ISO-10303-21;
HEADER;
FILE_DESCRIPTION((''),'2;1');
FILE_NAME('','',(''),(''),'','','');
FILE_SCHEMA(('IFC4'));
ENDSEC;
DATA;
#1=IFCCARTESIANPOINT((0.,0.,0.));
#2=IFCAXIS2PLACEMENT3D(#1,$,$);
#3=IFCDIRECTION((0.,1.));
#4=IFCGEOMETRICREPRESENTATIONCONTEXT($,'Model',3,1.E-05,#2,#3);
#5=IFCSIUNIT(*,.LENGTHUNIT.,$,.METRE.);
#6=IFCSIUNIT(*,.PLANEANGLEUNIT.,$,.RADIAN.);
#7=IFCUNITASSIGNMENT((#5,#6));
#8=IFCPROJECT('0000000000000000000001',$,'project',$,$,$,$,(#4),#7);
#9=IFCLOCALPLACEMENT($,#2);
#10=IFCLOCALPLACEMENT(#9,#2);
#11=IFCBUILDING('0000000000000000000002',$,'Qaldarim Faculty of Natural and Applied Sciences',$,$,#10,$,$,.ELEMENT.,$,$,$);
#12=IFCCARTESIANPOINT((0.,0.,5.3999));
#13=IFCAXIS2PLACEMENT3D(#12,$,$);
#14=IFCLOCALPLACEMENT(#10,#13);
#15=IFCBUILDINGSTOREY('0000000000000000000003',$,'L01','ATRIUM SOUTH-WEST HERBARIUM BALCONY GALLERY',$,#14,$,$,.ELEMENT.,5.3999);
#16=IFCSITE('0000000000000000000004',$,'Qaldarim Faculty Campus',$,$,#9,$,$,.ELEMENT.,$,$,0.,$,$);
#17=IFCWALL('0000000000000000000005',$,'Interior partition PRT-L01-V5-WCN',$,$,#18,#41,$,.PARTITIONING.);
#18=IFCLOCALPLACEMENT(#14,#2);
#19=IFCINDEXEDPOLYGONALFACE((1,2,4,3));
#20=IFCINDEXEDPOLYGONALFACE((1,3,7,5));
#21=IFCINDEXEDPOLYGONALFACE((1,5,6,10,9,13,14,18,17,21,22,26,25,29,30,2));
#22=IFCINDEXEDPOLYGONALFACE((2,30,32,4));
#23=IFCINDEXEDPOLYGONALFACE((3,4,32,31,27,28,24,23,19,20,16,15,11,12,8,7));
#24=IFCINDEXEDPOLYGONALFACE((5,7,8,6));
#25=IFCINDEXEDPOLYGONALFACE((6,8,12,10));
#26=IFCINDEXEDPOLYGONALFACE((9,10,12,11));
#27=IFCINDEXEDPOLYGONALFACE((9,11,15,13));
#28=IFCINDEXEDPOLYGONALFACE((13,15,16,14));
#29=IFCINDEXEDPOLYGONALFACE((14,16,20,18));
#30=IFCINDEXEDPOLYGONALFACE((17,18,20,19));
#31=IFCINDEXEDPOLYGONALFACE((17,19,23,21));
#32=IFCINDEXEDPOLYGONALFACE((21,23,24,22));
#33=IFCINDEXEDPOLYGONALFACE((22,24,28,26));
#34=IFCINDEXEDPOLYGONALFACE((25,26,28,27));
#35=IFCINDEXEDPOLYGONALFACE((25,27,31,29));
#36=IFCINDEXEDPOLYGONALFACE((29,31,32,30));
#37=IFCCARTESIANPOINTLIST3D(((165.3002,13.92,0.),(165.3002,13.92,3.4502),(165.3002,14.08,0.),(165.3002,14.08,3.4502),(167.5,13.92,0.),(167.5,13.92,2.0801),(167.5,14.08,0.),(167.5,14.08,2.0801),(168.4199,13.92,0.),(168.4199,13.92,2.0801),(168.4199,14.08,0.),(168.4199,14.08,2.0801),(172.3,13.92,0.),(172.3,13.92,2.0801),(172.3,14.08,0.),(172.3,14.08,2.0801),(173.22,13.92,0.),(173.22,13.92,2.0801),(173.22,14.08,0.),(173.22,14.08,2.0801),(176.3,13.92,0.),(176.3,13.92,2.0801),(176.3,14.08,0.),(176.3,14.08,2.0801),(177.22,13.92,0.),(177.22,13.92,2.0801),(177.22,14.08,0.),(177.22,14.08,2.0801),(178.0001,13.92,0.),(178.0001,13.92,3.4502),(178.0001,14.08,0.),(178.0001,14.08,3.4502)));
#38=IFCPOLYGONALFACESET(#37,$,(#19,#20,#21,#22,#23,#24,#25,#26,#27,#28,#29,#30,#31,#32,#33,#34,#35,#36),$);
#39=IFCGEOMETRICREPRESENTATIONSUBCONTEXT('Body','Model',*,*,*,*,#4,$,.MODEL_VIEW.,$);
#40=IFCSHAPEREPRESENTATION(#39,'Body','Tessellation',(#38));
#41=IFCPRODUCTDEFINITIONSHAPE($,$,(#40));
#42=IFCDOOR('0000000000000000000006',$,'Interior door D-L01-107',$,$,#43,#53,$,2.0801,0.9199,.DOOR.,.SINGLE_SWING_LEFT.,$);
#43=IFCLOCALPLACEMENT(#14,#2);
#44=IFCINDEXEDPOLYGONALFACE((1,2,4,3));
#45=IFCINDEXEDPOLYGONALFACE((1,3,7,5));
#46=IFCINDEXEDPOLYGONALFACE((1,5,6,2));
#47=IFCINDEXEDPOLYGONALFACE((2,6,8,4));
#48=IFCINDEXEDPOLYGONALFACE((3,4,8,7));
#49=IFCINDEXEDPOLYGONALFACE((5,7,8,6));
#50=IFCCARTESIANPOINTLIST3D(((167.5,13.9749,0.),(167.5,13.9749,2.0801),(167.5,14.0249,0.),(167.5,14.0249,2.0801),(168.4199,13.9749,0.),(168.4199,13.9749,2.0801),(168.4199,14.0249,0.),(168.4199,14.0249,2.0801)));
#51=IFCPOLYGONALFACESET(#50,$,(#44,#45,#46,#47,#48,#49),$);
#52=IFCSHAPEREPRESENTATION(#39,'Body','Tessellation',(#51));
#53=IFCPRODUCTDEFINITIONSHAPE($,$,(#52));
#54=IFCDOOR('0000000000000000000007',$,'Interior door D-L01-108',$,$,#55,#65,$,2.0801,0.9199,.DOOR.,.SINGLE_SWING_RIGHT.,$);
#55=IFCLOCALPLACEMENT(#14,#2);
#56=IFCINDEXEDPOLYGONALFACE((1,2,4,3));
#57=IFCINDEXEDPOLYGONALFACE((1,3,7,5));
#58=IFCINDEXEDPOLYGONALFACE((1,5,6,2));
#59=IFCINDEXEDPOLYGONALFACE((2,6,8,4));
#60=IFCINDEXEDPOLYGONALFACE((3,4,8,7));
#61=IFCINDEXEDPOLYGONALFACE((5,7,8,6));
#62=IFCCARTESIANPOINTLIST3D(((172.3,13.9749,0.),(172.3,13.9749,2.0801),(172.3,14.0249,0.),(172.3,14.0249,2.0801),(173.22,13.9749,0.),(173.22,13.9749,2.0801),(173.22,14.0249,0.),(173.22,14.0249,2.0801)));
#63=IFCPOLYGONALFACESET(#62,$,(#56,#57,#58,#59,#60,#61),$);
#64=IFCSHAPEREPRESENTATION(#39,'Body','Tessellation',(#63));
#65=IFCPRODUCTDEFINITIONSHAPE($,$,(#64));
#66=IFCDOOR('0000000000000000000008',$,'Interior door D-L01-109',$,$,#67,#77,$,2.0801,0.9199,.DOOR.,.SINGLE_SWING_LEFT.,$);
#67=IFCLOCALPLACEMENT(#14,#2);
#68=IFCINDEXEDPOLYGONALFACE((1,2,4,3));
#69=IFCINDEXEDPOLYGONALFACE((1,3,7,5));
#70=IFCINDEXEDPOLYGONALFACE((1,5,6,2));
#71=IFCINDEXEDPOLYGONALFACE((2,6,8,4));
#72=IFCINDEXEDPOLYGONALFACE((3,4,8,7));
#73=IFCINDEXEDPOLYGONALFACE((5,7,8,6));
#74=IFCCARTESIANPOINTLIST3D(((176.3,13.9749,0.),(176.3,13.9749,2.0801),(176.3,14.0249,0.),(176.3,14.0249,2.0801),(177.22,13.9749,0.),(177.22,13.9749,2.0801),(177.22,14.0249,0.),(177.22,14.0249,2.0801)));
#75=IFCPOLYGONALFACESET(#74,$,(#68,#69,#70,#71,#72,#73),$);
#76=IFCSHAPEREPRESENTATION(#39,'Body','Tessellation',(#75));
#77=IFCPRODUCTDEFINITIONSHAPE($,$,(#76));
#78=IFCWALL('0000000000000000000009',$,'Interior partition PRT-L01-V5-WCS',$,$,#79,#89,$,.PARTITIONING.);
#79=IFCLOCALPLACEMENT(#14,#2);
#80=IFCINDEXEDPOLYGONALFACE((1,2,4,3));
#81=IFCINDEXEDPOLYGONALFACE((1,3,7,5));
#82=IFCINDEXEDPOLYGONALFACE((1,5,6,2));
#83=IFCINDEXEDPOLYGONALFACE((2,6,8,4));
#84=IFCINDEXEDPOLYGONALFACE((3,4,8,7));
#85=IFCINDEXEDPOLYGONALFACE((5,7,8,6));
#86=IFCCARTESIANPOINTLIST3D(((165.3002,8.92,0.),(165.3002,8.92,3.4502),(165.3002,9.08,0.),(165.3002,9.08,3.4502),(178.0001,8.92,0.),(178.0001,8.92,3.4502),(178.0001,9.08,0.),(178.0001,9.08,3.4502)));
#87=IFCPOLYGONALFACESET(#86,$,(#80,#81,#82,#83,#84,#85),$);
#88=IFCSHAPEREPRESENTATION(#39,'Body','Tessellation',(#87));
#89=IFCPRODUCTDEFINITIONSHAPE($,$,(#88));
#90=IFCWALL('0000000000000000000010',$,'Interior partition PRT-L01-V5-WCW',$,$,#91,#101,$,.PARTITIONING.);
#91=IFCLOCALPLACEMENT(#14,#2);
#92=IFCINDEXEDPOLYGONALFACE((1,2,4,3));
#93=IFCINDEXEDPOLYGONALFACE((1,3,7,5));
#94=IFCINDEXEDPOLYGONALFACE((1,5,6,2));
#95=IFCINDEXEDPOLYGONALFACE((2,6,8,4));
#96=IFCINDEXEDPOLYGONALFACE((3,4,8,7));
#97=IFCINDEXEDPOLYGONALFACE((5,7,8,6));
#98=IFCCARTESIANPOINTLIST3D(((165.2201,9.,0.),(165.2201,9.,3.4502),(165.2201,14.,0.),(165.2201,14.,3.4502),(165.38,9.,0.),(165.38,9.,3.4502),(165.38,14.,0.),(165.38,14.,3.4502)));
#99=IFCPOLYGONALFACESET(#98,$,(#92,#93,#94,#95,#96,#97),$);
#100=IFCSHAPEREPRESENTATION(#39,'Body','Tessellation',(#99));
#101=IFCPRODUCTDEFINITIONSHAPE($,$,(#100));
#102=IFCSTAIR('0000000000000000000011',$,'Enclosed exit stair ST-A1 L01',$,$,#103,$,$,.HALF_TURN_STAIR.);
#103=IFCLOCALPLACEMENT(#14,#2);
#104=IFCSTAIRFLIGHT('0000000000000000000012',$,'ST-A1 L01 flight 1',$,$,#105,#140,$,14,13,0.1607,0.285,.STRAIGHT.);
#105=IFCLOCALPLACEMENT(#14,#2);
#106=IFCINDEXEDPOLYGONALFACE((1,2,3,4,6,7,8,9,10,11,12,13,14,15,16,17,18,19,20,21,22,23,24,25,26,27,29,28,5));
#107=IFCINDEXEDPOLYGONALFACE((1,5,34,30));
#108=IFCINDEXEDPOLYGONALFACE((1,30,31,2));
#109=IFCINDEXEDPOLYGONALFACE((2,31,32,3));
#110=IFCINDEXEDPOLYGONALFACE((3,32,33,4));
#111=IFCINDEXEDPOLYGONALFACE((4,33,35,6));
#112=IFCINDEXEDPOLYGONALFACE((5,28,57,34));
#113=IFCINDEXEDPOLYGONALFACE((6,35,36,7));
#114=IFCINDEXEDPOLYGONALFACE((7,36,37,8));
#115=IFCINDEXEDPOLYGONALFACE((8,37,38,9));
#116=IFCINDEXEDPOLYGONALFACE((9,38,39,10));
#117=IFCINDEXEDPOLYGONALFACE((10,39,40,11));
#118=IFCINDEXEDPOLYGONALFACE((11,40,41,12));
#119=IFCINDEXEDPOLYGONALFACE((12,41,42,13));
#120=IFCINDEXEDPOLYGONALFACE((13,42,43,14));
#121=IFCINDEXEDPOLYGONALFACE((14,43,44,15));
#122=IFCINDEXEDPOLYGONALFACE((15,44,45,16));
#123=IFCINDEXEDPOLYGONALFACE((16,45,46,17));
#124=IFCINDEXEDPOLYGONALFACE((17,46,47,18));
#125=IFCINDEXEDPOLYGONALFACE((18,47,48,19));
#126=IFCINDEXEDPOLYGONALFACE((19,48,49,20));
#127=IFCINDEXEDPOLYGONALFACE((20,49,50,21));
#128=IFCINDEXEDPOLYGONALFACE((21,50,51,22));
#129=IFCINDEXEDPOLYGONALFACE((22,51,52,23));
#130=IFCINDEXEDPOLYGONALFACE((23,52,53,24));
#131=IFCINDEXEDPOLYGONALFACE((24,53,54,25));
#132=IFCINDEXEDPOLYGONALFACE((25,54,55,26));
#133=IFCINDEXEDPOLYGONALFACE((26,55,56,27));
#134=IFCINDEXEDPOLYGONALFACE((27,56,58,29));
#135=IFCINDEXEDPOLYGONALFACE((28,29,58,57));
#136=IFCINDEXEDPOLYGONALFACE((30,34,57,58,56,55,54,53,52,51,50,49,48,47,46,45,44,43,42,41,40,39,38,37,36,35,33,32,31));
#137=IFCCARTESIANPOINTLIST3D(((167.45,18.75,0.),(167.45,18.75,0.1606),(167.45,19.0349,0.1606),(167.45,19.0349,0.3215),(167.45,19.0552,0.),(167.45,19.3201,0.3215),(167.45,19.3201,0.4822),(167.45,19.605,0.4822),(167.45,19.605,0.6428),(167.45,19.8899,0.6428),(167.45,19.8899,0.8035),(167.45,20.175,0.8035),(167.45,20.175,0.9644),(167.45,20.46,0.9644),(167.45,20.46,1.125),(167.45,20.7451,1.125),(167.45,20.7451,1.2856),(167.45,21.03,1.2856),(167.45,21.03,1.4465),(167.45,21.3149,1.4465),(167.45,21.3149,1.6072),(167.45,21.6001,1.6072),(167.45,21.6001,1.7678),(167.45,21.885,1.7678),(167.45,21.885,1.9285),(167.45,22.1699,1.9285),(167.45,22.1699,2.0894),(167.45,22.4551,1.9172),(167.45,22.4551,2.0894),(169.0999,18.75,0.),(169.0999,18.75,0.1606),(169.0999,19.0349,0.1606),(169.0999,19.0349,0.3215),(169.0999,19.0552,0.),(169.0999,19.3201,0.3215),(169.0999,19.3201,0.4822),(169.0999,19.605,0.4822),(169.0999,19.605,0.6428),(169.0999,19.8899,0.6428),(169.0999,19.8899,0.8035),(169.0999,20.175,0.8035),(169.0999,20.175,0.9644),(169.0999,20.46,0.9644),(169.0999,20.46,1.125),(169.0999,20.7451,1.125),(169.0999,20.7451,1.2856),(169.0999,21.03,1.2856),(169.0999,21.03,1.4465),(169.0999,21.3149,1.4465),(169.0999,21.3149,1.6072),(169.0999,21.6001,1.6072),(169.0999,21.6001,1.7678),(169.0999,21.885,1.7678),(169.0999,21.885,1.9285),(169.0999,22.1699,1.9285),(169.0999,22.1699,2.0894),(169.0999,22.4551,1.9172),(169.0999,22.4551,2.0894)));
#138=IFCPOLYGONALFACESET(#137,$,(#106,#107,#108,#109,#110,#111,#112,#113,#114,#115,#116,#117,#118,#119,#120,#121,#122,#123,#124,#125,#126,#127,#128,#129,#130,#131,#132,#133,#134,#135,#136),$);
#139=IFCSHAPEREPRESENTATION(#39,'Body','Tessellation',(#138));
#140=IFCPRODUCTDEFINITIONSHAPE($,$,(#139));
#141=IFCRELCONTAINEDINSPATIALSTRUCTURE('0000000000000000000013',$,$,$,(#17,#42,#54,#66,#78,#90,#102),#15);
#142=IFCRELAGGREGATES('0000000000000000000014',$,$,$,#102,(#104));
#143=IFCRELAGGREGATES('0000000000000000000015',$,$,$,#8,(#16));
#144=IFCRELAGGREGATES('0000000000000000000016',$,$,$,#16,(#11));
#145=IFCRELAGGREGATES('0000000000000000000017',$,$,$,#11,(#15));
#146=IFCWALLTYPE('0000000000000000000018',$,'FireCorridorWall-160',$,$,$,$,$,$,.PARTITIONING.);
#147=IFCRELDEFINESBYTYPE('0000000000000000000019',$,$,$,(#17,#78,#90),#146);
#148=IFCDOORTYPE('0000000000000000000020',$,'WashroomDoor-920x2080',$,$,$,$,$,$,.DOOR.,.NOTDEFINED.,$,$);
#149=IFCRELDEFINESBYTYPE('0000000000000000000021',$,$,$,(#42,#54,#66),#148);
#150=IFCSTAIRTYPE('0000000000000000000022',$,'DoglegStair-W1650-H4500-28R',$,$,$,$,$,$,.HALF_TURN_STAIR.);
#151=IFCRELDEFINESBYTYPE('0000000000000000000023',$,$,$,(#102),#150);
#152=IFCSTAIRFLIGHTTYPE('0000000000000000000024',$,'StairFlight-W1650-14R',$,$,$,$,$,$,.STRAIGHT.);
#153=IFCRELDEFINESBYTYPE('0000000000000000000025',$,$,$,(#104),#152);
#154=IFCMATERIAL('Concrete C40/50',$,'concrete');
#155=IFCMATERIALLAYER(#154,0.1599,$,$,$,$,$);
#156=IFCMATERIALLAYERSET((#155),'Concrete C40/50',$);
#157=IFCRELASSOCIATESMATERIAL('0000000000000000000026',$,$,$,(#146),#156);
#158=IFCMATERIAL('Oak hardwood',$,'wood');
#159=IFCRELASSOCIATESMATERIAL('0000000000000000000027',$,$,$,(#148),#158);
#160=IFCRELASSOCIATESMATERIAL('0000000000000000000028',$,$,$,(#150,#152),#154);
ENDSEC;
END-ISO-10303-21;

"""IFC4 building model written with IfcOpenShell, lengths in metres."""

from ifc_helpers import new_model, si_unit, direction, frame, frame_2d, origin, place, context, subcontext, project, spatial, polyline, rectangle, outline, extrude, material, layer, layer_set, type_object, element, fill, aggregate, save


model = new_model("IFC4")

# Units and contexts
model_context = context("Model", 3, precision=1e-05, world=origin(), true_north=direction((0.0, 1.0)))
body_context = subcontext(model_context, "Body", "Model", "MODEL_VIEW")
ifc_project = project(units=[si_unit("LENGTHUNIT", "METRE"), si_unit("PLANEANGLEUNIT", "RADIAN")], contexts=[model_context])

# Site, building, storey
site_placement = place(None, origin())
site = spatial("IfcSite", under=ifc_project, at=site_placement, Name="Qaldarim Faculty Campus", CompositionType="ELEMENT", RefElevation=0.0)
building_placement = place(site_placement, origin())
building = spatial("IfcBuilding", under=site, at=building_placement, Name="Qaldarim Faculty of Natural and Applied Sciences", CompositionType="ELEMENT")
storey_placement = place(building_placement, frame((0.0, 0.0, 5.3999)))
storey = spatial("IfcBuildingStorey", under=building, at=storey_placement, Name="L01", Description="ATRIUM SOUTH-WEST HERBARIUM BALCONY GALLERY", CompositionType="ELEMENT", Elevation=5.3999)

# Shared definitions
ifc_material_1 = material(Name="Concrete C40/50", Category="concrete")

# Wall, openings, doors
ifc_layer_1 = layer(ifc_material_1, 0.1599)
ifc_layer_set_1 = layer_set([ifc_layer_1], Name="Concrete C40/50")
wall_type_1 = type_object("IfcWallType", Name="FireCorridorWall-160", PredefinedType="PARTITIONING", material=ifc_layer_set_1)
wall_1_placement = place(storey_placement, frame((165.3, 14.0, 0.0), z_axis=(0.0, 0.0, 1.0), x_axis=(1.0, 0.0, 0.0)))
wall_1 = element("IfcWall", 1, at=wall_1_placement, inside=storey, type_object=wall_type_1, Name="Interior partition PRT-L01-V5-WCN", PredefinedType="PARTITIONING", context=body_context, shape_type="SweptSolid", body=[
    extrude(rectangle(XDim=12.7, YDim=0.1599, at=frame_2d((6.3501, 0.0))), origin(), (0.0, 0.0, 1.0), 3.4502),
])
opening_1_placement = place(wall_1_placement, frame((2.2, 0.0, 0.0)))
opening_1 = element("IfcOpeningElement", 2, at=opening_1_placement, cuts=wall_1, PredefinedType="OPENING", context=body_context, shape_type="SweptSolid", body=[
    extrude(rectangle(XDim=0.9199, YDim=2.0801, at=frame_2d((0.46, 1.04))), frame((0.0, 0.0898, 0.0), z_axis=(0.0, -1.0, 0.0), x_axis=(1.0, 0.0, 0.0)), (0.0, 0.0, 1.0), 0.1799),
])
opening_2_placement = place(wall_1_placement, frame((7.0, 0.0, 0.0)))
opening_2 = element("IfcOpeningElement", 3, at=opening_2_placement, cuts=wall_1, PredefinedType="OPENING", context=body_context, shape_type="SweptSolid", body=[
    extrude(rectangle(XDim=0.9199, YDim=2.0801, at=frame_2d((0.46, 1.04))), frame((0.0, 0.0898, 0.0), z_axis=(0.0, -1.0, 0.0), x_axis=(1.0, 0.0, 0.0)), (0.0, 0.0, 1.0), 0.1799),
])
opening_3_placement = place(wall_1_placement, frame((11.0, 0.0, 0.0)))
opening_3 = element("IfcOpeningElement", 4, at=opening_3_placement, cuts=wall_1, PredefinedType="OPENING", context=body_context, shape_type="SweptSolid", body=[
    extrude(rectangle(XDim=0.9199, YDim=2.0801, at=frame_2d((0.46, 1.04))), frame((0.0, 0.0898, 0.0), z_axis=(0.0, -1.0, 0.0), x_axis=(1.0, 0.0, 0.0)), (0.0, 0.0, 1.0), 0.1799),
])
ifc_material_2 = material(Name="Oak hardwood", Category="wood")
door_type = type_object("IfcDoorType", Name="WashroomDoor-920x2080", OperationType="NOTDEFINED", PredefinedType="DOOR", material=ifc_material_2)
door_1_placement = place(opening_1_placement, origin())
door_1 = element("IfcDoor", 5, at=door_1_placement, inside=storey, type_object=door_type, Name="Interior door D-L01-107", OperationType="SINGLE_SWING_LEFT", OverallHeight=2.0801, OverallWidth=0.9199, PredefinedType="DOOR", context=body_context, shape_type="SweptSolid", body=[
    extrude(rectangle(XDim=0.9199, YDim=2.0801, at=frame_2d((0.46, 1.04))), frame((0.0, 0.0249, 0.0), z_axis=(0.0, -1.0, 0.0), x_axis=(1.0, 0.0, 0.0)), (0.0, 0.0, 1.0), 0.05),
])
fill(opening_1, door_1)
door_2_placement = place(opening_2_placement, origin())
door_2 = element("IfcDoor", 6, at=door_2_placement, inside=storey, type_object=door_type, Name="Interior door D-L01-108", OperationType="SINGLE_SWING_RIGHT", OverallHeight=2.0801, OverallWidth=0.9199, PredefinedType="DOOR", context=body_context, shape_type="SweptSolid", body=[
    extrude(rectangle(XDim=0.9199, YDim=2.0801, at=frame_2d((0.46, 1.04))), frame((0.0, 0.0249, 0.0), z_axis=(0.0, -1.0, 0.0), x_axis=(1.0, 0.0, 0.0)), (0.0, 0.0, 1.0), 0.05),
])
fill(opening_2, door_2)
door_3_placement = place(opening_3_placement, origin())
door_3 = element("IfcDoor", 7, at=door_3_placement, inside=storey, type_object=door_type, Name="Interior door D-L01-109", OperationType="SINGLE_SWING_LEFT", OverallHeight=2.0801, OverallWidth=0.9199, PredefinedType="DOOR", context=body_context, shape_type="SweptSolid", body=[
    extrude(rectangle(XDim=0.9199, YDim=2.0801, at=frame_2d((0.46, 1.04))), frame((0.0, 0.0249, 0.0), z_axis=(0.0, -1.0, 0.0), x_axis=(1.0, 0.0, 0.0)), (0.0, 0.0, 1.0), 0.05),
])
fill(opening_3, door_3)

# Walls
wall_2_placement = place(storey_placement, frame((165.3, 9.0, 0.0), z_axis=(0.0, 0.0, 1.0), x_axis=(1.0, 0.0, 0.0)))
element("IfcWall", 8, at=wall_2_placement, inside=storey, type_object=wall_type_1, Name="Interior partition PRT-L01-V5-WCS", PredefinedType="PARTITIONING", context=body_context, shape_type="SweptSolid", body=[
    extrude(rectangle(XDim=12.7, YDim=0.1599, at=frame_2d((6.3501, 0.0))), origin(), (0.0, 0.0, 1.0), 3.4502),
])
wall_3_placement = place(storey_placement, frame((165.3, 9.0, 0.0), z_axis=(0.0, 0.0, 1.0), x_axis=(0.0, 1.0, 0.0)))
element("IfcWall", 9, at=wall_3_placement, inside=storey, type_object=wall_type_1, Name="Interior partition PRT-L01-V5-WCW", PredefinedType="PARTITIONING", context=body_context, shape_type="SweptSolid", body=[
    extrude(rectangle(XDim=5.0, YDim=0.1599, at=frame_2d((2.5, 0.0))), origin(), (0.0, 0.0, 1.0), 3.4502),
])

# Stair, stair flight
stair_type = type_object("IfcStairType", Name="DoglegStair-W1650-H4500-28R", PredefinedType="HALF_TURN_STAIR", material=ifc_material_1)
stair_placement = place(storey_placement, origin())
stair = element("IfcStair", 10, at=stair_placement, inside=storey, type_object=stair_type, Name="Enclosed exit stair ST-A1 L01", PredefinedType="HALF_TURN_STAIR")
stair_flight_type = type_object("IfcStairFlightType", Name="StairFlight-W1650-14R", PredefinedType="STRAIGHT", material=ifc_material_1)
stair_flight_placement = place(storey_placement, frame((168.2749, 18.75, 0.0), z_axis=(0.0, 0.0, 1.0), x_axis=(0.0, 1.0, 0.0)))
stair_flight = element("IfcStairFlight", 11, at=stair_flight_placement, type_object=stair_flight_type, Name="ST-A1 L01 flight 1", NumberOfRisers=14, NumberOfTreads=13, PredefinedType="STRAIGHT", RiserHeight=0.1607, TreadLength=0.285, context=body_context, shape_type="SweptSolid", body=[
    extrude(outline(polyline([(0.0, 0.0), (0.0, 0.1606), (0.2849, 0.1606), (0.2849, 0.3215), (0.5701, 0.3215), (0.5701, 0.4822), (0.855, 0.4822), (0.855, 0.6428), (1.1399, 0.6428), (1.1399, 0.8035), (1.425, 0.8035), (1.425, 0.9644), (1.71, 0.9644), (1.71, 1.125), (1.9951, 1.125), (1.9951, 1.2856), (2.28, 1.2856), (2.28, 1.4465), (2.5649, 1.4465), (2.5649, 1.6072), (2.8501, 1.6072), (2.8501, 1.7678), (3.135, 1.7678), (3.135, 1.9285), (3.4199, 1.9285), (3.4199, 2.0894), (3.7051, 2.0894), (3.7051, 2.25), (3.7051, 1.9172), (0.3052, 0.0), (0.0, 0.0)])), frame((0.0, 0.825, 0.0), z_axis=(0.0, -1.0, 0.0), x_axis=(1.0, 0.0, 0.0)), (0.0, 0.0, 1.0), 1.6499),
])
aggregate(stair, [stair_flight])

save(model, "model.ifc")
